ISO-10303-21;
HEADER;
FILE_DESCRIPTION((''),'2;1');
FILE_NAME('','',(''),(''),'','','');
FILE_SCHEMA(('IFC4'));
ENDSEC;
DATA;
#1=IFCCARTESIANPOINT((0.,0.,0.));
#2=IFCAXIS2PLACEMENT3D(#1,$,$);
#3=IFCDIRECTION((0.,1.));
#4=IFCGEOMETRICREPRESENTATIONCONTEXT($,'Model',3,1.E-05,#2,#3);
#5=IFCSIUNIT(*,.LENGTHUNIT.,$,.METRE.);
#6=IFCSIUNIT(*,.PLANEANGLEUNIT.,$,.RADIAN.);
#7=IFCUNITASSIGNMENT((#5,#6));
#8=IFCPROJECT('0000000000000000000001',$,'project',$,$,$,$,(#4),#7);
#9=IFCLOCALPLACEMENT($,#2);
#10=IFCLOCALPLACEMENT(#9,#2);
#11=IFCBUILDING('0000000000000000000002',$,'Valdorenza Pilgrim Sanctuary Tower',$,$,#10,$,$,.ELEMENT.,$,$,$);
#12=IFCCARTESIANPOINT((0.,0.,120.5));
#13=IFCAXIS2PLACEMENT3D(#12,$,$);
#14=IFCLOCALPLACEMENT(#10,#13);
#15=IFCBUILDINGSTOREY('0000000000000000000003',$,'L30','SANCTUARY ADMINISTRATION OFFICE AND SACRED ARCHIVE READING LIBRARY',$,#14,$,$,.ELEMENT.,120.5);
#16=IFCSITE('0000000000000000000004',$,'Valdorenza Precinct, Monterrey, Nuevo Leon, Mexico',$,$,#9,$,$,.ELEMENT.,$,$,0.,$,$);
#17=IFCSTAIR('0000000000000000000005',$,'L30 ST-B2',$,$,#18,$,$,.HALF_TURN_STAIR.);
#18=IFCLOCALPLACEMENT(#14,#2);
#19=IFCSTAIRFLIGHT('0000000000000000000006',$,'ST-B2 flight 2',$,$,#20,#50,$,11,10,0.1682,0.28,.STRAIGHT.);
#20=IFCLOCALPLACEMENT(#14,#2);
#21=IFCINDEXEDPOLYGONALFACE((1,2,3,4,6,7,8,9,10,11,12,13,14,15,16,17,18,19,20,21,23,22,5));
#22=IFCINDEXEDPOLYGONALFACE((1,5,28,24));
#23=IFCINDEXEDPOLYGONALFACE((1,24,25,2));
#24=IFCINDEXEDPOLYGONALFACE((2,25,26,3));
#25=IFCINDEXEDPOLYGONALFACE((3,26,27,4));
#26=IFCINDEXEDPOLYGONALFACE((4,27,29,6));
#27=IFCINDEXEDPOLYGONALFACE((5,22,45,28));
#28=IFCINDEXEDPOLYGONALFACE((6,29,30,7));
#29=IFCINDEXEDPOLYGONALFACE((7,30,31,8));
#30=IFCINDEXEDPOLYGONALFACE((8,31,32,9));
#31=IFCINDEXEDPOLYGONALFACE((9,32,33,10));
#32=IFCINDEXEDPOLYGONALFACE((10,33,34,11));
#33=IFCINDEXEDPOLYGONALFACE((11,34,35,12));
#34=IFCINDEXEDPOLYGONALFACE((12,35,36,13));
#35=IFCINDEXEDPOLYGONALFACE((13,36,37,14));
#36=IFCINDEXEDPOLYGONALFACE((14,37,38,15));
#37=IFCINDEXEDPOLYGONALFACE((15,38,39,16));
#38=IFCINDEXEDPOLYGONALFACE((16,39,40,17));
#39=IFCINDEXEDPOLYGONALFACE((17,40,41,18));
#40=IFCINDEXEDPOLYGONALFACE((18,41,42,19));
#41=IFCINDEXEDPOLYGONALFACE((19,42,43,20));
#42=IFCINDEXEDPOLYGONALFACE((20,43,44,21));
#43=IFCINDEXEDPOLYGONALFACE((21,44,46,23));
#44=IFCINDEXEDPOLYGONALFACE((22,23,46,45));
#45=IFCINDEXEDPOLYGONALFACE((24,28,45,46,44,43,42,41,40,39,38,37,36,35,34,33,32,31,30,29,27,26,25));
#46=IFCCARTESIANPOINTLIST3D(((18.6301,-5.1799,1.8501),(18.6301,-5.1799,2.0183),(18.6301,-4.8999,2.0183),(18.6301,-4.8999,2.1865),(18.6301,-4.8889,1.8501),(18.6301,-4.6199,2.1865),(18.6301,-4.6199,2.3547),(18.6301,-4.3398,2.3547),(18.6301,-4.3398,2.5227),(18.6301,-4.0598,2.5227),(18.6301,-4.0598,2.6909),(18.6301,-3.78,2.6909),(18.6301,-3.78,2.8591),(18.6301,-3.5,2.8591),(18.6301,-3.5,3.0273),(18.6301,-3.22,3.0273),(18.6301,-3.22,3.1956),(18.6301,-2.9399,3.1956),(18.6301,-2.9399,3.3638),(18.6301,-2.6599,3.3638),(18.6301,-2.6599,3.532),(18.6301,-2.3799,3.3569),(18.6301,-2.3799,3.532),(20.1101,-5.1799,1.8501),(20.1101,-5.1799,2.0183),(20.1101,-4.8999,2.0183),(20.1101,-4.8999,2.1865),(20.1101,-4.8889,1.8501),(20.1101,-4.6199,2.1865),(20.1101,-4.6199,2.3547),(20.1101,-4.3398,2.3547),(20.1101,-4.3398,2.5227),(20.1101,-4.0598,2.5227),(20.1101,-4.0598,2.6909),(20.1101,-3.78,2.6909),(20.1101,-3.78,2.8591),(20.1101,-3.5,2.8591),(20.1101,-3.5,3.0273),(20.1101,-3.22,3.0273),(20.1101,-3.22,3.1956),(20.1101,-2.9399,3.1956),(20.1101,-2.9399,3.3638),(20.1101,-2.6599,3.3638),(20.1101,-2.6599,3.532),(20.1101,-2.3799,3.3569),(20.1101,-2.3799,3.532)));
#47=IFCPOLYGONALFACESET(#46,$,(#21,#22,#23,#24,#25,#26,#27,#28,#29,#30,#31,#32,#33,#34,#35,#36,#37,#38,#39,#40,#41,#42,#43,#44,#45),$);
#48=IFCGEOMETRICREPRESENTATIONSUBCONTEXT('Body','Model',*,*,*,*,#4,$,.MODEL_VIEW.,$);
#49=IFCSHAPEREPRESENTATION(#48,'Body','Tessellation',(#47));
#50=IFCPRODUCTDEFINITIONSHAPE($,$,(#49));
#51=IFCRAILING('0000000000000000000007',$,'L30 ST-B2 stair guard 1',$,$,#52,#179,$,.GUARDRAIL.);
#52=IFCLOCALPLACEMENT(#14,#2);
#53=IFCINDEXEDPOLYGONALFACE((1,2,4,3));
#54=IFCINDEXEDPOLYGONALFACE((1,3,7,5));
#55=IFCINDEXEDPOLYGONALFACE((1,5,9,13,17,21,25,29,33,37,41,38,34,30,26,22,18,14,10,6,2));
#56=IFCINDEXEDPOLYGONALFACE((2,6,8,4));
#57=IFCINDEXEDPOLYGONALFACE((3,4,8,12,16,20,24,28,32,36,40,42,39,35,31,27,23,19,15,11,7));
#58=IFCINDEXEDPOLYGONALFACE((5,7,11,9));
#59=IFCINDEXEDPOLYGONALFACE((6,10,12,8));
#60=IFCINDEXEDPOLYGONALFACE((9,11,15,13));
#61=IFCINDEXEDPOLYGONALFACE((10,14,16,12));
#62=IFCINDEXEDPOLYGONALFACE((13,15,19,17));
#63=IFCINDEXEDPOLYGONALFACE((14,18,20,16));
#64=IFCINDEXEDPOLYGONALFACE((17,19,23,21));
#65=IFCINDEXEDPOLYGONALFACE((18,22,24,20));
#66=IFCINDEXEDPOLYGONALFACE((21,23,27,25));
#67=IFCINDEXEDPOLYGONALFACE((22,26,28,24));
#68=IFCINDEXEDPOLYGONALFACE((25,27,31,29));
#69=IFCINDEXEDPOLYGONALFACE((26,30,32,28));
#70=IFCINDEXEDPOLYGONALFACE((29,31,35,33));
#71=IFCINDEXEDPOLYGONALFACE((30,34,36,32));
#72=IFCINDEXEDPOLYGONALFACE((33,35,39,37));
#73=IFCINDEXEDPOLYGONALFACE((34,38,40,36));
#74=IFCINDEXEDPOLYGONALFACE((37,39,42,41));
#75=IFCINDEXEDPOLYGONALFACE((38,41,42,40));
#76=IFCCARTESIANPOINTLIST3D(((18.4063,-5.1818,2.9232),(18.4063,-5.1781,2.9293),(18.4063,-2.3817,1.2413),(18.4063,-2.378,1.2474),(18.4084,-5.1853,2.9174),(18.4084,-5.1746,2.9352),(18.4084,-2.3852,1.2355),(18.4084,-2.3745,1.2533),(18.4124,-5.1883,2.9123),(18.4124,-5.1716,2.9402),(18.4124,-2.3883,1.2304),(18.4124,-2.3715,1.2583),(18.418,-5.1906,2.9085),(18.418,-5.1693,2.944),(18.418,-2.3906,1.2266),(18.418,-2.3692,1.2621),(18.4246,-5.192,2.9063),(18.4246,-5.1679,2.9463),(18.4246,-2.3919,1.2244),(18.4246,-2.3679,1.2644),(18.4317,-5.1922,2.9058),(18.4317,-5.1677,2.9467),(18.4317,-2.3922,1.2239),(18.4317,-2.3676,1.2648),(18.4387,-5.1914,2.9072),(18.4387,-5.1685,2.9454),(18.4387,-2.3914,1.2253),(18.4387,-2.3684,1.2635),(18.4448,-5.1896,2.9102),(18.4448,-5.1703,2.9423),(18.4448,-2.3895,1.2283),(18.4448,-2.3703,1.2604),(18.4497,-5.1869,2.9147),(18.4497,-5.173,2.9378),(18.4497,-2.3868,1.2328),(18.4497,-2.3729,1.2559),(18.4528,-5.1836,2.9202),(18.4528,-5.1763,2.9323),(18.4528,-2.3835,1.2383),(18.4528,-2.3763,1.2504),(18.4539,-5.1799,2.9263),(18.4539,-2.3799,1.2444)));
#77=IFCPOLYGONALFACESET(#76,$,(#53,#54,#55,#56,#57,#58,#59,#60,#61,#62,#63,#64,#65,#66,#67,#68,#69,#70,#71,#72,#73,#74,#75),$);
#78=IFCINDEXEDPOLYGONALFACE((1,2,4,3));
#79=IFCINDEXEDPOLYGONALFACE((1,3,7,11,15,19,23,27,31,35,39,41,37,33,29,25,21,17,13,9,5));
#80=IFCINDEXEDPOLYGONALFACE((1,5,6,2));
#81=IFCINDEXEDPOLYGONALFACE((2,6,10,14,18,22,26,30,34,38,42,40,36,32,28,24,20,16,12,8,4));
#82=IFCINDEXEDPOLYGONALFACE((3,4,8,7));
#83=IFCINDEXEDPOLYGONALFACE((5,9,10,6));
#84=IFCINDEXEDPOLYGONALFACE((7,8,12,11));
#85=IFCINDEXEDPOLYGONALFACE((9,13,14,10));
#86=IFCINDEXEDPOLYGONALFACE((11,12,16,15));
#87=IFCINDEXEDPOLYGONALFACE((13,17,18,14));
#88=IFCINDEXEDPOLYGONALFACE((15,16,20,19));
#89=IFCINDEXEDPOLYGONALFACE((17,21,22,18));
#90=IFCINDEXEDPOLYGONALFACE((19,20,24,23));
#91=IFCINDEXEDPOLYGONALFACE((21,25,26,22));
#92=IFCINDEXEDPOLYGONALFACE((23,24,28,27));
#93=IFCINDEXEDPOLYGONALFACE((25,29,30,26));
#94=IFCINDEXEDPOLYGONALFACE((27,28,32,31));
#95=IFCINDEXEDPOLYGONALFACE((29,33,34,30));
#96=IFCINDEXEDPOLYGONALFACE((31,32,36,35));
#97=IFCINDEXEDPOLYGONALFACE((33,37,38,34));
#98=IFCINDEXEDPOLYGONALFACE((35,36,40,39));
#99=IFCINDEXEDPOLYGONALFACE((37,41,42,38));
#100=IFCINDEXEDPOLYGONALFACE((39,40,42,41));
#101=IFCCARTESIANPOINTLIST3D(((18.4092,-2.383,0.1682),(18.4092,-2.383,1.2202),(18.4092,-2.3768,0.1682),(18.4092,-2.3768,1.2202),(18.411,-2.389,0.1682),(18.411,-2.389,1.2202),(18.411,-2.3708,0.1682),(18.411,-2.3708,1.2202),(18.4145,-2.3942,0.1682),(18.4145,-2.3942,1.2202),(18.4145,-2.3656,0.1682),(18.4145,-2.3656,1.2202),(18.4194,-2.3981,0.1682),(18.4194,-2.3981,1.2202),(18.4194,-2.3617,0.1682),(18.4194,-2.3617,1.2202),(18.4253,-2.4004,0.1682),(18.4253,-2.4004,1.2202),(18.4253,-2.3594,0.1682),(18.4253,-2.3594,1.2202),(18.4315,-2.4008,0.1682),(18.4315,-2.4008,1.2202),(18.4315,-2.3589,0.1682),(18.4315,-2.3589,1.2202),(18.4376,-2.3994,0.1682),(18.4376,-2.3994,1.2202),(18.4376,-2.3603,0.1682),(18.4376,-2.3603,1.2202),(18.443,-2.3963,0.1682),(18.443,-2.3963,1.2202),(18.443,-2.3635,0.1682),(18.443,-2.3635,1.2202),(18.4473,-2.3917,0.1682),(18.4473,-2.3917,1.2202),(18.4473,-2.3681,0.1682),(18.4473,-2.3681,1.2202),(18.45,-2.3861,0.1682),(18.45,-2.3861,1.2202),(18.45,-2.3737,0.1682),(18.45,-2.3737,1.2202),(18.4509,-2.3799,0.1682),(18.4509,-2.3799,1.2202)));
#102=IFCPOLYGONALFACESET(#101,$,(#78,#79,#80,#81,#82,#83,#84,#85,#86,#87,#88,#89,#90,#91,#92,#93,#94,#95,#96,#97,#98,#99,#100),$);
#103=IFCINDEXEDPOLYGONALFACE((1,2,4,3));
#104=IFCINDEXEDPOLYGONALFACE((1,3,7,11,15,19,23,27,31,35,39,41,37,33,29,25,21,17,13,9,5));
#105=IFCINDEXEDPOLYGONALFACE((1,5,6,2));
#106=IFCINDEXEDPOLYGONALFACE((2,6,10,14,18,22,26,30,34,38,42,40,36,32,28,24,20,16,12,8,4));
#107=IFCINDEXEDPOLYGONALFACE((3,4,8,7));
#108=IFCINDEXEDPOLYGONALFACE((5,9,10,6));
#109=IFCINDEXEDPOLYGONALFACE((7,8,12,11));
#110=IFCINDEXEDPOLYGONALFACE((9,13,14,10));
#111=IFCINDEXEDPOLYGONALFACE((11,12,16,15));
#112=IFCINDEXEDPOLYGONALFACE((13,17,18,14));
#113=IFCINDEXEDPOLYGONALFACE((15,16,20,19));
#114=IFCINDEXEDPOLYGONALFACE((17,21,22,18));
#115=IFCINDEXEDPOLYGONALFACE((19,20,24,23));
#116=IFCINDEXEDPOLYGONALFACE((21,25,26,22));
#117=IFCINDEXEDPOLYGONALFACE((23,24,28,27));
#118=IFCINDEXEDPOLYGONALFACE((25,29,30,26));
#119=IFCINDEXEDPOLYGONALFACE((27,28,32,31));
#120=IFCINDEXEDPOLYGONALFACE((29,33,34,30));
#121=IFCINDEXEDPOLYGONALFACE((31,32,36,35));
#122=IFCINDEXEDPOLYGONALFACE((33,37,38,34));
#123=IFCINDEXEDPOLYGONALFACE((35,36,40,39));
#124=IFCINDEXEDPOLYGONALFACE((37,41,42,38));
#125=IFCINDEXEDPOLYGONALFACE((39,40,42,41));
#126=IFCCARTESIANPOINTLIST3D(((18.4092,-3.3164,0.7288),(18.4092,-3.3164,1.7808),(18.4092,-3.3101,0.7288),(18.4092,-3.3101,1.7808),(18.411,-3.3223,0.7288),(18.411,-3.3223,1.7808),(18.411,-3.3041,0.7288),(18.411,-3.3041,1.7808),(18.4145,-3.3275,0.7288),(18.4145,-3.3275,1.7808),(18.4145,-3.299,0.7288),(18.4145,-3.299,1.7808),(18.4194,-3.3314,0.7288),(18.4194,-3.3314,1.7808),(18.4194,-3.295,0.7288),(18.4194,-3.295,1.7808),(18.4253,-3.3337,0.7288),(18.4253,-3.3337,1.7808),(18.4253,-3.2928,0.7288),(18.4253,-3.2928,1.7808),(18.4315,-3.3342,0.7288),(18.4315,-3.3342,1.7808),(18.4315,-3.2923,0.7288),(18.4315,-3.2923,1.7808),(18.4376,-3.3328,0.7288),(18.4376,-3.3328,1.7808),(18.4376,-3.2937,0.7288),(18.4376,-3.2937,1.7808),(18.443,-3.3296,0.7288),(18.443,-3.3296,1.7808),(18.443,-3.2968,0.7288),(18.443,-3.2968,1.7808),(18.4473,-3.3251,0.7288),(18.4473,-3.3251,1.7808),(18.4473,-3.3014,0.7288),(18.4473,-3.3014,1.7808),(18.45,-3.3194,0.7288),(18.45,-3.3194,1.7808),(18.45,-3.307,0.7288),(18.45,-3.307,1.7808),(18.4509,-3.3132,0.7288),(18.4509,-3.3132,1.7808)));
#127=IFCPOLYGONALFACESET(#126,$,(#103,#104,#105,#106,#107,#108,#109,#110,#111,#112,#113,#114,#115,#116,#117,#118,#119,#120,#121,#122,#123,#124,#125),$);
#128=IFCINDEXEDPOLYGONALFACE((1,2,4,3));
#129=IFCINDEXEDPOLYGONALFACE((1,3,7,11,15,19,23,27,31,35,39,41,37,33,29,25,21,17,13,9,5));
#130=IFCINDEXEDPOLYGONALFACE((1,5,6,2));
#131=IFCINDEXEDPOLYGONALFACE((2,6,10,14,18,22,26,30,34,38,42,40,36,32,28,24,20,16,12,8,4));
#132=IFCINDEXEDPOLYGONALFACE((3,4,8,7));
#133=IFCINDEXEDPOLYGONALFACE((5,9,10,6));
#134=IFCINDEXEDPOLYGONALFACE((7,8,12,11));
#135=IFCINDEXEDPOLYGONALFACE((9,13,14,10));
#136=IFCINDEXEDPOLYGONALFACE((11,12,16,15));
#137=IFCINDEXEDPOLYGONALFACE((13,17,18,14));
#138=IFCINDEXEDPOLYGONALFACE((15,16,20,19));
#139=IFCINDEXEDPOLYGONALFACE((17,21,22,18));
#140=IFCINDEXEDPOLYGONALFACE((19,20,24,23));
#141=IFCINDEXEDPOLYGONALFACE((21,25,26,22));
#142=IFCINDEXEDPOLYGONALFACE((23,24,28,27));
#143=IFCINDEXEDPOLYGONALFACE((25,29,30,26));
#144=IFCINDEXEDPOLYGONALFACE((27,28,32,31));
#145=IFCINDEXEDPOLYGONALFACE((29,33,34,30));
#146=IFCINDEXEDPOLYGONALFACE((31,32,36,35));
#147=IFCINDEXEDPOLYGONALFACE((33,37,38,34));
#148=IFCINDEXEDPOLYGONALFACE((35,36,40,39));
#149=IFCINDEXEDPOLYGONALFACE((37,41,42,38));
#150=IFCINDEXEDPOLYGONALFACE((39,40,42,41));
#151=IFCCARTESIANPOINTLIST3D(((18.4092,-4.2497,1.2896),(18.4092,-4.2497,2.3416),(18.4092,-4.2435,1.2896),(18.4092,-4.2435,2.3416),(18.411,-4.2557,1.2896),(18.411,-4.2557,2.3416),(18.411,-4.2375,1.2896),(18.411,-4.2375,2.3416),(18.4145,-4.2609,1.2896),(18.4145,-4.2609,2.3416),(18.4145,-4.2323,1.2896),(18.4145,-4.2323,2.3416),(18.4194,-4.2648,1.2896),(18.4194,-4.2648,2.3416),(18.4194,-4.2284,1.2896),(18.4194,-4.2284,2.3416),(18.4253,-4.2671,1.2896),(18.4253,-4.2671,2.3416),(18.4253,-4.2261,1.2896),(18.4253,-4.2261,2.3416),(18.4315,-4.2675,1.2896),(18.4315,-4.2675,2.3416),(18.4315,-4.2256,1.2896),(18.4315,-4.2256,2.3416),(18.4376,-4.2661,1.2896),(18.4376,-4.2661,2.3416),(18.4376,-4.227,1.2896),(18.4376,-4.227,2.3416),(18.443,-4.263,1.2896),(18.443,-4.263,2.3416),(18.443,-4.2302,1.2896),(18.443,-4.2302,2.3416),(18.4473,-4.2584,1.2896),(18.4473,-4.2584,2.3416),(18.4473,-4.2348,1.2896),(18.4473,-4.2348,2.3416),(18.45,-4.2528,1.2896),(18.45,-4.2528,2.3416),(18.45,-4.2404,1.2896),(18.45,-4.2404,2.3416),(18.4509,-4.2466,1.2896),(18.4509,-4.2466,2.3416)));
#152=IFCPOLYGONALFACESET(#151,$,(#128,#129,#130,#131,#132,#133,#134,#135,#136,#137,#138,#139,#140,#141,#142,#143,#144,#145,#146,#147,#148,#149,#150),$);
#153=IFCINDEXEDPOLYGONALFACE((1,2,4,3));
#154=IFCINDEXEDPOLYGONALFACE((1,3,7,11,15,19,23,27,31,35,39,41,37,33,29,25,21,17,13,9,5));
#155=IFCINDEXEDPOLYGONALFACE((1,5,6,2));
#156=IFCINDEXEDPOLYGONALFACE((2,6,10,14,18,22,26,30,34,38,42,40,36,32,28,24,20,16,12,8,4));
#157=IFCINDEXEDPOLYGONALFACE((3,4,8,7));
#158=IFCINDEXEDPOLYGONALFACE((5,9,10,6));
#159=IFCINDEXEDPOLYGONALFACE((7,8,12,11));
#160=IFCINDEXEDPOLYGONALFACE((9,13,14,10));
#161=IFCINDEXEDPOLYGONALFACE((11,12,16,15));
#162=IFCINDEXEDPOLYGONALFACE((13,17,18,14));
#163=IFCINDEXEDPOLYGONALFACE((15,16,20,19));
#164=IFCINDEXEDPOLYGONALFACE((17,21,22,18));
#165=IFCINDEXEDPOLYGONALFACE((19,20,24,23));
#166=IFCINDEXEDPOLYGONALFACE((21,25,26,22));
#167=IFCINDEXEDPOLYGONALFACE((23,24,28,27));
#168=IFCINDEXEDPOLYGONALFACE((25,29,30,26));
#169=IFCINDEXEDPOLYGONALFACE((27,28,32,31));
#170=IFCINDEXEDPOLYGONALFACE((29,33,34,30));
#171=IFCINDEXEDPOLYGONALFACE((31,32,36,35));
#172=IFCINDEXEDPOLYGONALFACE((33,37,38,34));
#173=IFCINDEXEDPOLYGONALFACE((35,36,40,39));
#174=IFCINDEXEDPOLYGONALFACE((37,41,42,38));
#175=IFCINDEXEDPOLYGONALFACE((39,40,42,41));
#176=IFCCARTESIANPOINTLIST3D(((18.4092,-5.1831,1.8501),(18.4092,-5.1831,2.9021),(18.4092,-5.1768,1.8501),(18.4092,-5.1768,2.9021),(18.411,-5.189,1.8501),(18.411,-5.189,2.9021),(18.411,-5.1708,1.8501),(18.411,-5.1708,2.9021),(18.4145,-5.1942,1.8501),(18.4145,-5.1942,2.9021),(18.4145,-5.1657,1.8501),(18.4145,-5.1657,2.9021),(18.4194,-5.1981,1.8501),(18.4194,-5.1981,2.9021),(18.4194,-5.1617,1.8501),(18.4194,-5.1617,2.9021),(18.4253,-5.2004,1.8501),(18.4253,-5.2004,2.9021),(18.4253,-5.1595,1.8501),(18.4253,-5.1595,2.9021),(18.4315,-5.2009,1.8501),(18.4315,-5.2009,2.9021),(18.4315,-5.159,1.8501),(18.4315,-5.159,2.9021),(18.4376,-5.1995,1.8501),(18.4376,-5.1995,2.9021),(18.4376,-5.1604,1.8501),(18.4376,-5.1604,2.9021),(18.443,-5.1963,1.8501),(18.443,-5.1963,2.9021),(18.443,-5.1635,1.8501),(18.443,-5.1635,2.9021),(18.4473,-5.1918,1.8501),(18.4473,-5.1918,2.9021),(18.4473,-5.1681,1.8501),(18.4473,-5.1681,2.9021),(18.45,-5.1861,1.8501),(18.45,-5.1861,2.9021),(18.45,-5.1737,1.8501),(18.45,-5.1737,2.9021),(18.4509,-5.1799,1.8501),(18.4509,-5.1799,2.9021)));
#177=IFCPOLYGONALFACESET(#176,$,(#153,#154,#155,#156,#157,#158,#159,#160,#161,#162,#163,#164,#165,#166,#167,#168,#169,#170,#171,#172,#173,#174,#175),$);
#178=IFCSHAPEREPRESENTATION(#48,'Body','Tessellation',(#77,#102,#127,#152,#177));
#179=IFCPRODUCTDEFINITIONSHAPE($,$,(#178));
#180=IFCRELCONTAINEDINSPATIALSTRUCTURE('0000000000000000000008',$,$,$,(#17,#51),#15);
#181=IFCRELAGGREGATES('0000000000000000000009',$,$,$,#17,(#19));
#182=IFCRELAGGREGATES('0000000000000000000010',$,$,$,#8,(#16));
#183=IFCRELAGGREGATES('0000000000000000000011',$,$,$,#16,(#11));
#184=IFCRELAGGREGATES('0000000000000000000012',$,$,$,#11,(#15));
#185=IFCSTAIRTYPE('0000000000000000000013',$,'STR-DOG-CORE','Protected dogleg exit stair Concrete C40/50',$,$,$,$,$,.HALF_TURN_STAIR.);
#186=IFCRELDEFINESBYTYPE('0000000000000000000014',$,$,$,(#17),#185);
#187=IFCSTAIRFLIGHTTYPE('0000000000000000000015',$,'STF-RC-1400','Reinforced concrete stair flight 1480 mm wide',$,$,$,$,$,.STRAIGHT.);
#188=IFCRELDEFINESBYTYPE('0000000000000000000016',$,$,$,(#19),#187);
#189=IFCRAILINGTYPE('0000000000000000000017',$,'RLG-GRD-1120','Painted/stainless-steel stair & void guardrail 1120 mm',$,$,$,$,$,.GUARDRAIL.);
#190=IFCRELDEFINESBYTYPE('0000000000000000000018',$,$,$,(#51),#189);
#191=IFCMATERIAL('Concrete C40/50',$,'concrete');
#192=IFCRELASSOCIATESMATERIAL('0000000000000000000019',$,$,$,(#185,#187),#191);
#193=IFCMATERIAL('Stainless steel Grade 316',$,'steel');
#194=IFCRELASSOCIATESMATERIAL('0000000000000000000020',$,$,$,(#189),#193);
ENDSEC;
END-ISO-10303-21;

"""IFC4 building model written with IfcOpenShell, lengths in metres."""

from ifc_helpers import new_model, si_unit, direction, frame, origin, origin_2d, place, context, subcontext, project, spatial, polyline, circle, outline, extrude, material, type_object, element, aggregate, save


model = new_model("IFC4")

# Units and contexts
model_context = context("Model", 3, precision=1e-05, world=origin(), true_north=direction((0.0, 1.0)))
body_context = subcontext(model_context, "Body", "Model", "MODEL_VIEW")
ifc_project = project(units=[si_unit("LENGTHUNIT", "METRE"), si_unit("PLANEANGLEUNIT", "RADIAN")], contexts=[model_context])

# Site, building, storey
site_placement = place(None, origin())
site = spatial("IfcSite", under=ifc_project, at=site_placement, Name="Valdorenza Precinct, Monterrey, Nuevo Leon, Mexico", CompositionType="ELEMENT", RefElevation=0.0)
building_placement = place(site_placement, origin())
building = spatial("IfcBuilding", under=site, at=building_placement, Name="Valdorenza Pilgrim Sanctuary Tower", CompositionType="ELEMENT")
storey_placement = place(building_placement, frame((0.0, 0.0, 120.5)))
storey = spatial("IfcBuildingStorey", under=building, at=storey_placement, Name="L30", Description="SANCTUARY ADMINISTRATION OFFICE AND SACRED ARCHIVE READING LIBRARY", CompositionType="ELEMENT", Elevation=120.5)

# Shared definitions
ifc_material_1 = material(Name="Concrete C40/50", Category="concrete")

# Stair, stair flight
stair_type = type_object("IfcStairType", Name="STR-DOG-CORE", Description="Protected dogleg exit stair Concrete C40/50", PredefinedType="HALF_TURN_STAIR", material=ifc_material_1)
stair_placement = place(storey_placement, origin())
stair = element("IfcStair", 1, at=stair_placement, inside=storey, type_object=stair_type, Name="L30 ST-B2", PredefinedType="HALF_TURN_STAIR")
stair_flight_type = type_object("IfcStairFlightType", Name="STF-RC-1400", Description="Reinforced concrete stair flight 1480 mm wide", PredefinedType="STRAIGHT", material=ifc_material_1)
stair_flight_1_placement = place(storey_placement, frame((19.3701, -5.1799, 1.8501), z_axis=(0.0, 0.0, 1.0), x_axis=(0.0, 1.0, 0.0)))
stair_flight_1 = element("IfcStairFlight", 2, at=stair_flight_1_placement, type_object=stair_flight_type, Name="ST-B2 flight 2", NumberOfRisers=11, NumberOfTreads=10, PredefinedType="STRAIGHT", RiserHeight=0.1682, TreadLength=0.28, context=body_context, shape_type="SweptSolid", body=[
    extrude(outline(polyline([(0.0, 0.0), (0.0, 0.1682), (0.28, 0.1682), (0.28, 0.3364), (0.5601, 0.3364), (0.5601, 0.5046), (0.8401, 0.5046), (0.8401, 0.6726), (1.1201, 0.6726), (1.1201, 0.8408), (1.3999, 0.8408), (1.3999, 1.009), (1.6799, 1.009), (1.6799, 1.1772), (1.96, 1.1772), (1.96, 1.3455), (2.24, 1.3455), (2.24, 1.5137), (2.52, 1.5137), (2.52, 1.6819), (2.8, 1.6819), (2.8, 1.8501), (2.8, 1.5068), (0.291, 0.0), (0.0, 0.0)])), frame((0.0, 0.74, 0.0), z_axis=(0.0, -1.0, 0.0), x_axis=(1.0, 0.0, 0.0)), (0.0, 0.0, 1.0), 1.48),
])
aggregate(stair, [stair_flight_1])

# Railing
ifc_material_2 = material(Name="Stainless steel Grade 316", Category="steel")
railing_type_1 = type_object("IfcRailingType", Name="RLG-GRD-1120", Description="Painted/stainless-steel stair & void guardrail 1120 mm", PredefinedType="GUARDRAIL", material=ifc_material_2)
railing_1_placement = place(storey_placement, frame((18.4299, -2.3799, 0.1682)))
element("IfcRailing", 3, at=railing_1_placement, inside=storey, type_object=railing_type_1, Name="L30 ST-B2 stair guard 1", PredefinedType="GUARDRAIL", context=body_context, shape_type="SweptSolid", body=[
    extrude(circle(Radius=0.0239, at=origin_2d()), frame((0.0, 0.0, 1.0762), z_axis=(0.0, -0.857242, 0.514913), x_axis=(1.0, 0.0, 0.0)), (0.0, 0.0, 1.0), 3.2664),
    extrude(circle(Radius=0.021, at=origin_2d()), origin(), (0.0, 0.0, 1.0), 1.052),
    extrude(circle(Radius=0.021, at=origin_2d()), frame((0.0, -0.9333, 0.5605)), (0.0, 0.0, 1.0), 1.052),
    extrude(circle(Radius=0.021, at=origin_2d()), frame((0.0, -1.8667, 1.1213)), (0.0, 0.0, 1.0), 1.052),
    extrude(circle(Radius=0.021, at=origin_2d()), frame((0.0, -2.8, 1.6819)), (0.0, 0.0, 1.0), 1.052),
])

save(model, "model.ifc")
